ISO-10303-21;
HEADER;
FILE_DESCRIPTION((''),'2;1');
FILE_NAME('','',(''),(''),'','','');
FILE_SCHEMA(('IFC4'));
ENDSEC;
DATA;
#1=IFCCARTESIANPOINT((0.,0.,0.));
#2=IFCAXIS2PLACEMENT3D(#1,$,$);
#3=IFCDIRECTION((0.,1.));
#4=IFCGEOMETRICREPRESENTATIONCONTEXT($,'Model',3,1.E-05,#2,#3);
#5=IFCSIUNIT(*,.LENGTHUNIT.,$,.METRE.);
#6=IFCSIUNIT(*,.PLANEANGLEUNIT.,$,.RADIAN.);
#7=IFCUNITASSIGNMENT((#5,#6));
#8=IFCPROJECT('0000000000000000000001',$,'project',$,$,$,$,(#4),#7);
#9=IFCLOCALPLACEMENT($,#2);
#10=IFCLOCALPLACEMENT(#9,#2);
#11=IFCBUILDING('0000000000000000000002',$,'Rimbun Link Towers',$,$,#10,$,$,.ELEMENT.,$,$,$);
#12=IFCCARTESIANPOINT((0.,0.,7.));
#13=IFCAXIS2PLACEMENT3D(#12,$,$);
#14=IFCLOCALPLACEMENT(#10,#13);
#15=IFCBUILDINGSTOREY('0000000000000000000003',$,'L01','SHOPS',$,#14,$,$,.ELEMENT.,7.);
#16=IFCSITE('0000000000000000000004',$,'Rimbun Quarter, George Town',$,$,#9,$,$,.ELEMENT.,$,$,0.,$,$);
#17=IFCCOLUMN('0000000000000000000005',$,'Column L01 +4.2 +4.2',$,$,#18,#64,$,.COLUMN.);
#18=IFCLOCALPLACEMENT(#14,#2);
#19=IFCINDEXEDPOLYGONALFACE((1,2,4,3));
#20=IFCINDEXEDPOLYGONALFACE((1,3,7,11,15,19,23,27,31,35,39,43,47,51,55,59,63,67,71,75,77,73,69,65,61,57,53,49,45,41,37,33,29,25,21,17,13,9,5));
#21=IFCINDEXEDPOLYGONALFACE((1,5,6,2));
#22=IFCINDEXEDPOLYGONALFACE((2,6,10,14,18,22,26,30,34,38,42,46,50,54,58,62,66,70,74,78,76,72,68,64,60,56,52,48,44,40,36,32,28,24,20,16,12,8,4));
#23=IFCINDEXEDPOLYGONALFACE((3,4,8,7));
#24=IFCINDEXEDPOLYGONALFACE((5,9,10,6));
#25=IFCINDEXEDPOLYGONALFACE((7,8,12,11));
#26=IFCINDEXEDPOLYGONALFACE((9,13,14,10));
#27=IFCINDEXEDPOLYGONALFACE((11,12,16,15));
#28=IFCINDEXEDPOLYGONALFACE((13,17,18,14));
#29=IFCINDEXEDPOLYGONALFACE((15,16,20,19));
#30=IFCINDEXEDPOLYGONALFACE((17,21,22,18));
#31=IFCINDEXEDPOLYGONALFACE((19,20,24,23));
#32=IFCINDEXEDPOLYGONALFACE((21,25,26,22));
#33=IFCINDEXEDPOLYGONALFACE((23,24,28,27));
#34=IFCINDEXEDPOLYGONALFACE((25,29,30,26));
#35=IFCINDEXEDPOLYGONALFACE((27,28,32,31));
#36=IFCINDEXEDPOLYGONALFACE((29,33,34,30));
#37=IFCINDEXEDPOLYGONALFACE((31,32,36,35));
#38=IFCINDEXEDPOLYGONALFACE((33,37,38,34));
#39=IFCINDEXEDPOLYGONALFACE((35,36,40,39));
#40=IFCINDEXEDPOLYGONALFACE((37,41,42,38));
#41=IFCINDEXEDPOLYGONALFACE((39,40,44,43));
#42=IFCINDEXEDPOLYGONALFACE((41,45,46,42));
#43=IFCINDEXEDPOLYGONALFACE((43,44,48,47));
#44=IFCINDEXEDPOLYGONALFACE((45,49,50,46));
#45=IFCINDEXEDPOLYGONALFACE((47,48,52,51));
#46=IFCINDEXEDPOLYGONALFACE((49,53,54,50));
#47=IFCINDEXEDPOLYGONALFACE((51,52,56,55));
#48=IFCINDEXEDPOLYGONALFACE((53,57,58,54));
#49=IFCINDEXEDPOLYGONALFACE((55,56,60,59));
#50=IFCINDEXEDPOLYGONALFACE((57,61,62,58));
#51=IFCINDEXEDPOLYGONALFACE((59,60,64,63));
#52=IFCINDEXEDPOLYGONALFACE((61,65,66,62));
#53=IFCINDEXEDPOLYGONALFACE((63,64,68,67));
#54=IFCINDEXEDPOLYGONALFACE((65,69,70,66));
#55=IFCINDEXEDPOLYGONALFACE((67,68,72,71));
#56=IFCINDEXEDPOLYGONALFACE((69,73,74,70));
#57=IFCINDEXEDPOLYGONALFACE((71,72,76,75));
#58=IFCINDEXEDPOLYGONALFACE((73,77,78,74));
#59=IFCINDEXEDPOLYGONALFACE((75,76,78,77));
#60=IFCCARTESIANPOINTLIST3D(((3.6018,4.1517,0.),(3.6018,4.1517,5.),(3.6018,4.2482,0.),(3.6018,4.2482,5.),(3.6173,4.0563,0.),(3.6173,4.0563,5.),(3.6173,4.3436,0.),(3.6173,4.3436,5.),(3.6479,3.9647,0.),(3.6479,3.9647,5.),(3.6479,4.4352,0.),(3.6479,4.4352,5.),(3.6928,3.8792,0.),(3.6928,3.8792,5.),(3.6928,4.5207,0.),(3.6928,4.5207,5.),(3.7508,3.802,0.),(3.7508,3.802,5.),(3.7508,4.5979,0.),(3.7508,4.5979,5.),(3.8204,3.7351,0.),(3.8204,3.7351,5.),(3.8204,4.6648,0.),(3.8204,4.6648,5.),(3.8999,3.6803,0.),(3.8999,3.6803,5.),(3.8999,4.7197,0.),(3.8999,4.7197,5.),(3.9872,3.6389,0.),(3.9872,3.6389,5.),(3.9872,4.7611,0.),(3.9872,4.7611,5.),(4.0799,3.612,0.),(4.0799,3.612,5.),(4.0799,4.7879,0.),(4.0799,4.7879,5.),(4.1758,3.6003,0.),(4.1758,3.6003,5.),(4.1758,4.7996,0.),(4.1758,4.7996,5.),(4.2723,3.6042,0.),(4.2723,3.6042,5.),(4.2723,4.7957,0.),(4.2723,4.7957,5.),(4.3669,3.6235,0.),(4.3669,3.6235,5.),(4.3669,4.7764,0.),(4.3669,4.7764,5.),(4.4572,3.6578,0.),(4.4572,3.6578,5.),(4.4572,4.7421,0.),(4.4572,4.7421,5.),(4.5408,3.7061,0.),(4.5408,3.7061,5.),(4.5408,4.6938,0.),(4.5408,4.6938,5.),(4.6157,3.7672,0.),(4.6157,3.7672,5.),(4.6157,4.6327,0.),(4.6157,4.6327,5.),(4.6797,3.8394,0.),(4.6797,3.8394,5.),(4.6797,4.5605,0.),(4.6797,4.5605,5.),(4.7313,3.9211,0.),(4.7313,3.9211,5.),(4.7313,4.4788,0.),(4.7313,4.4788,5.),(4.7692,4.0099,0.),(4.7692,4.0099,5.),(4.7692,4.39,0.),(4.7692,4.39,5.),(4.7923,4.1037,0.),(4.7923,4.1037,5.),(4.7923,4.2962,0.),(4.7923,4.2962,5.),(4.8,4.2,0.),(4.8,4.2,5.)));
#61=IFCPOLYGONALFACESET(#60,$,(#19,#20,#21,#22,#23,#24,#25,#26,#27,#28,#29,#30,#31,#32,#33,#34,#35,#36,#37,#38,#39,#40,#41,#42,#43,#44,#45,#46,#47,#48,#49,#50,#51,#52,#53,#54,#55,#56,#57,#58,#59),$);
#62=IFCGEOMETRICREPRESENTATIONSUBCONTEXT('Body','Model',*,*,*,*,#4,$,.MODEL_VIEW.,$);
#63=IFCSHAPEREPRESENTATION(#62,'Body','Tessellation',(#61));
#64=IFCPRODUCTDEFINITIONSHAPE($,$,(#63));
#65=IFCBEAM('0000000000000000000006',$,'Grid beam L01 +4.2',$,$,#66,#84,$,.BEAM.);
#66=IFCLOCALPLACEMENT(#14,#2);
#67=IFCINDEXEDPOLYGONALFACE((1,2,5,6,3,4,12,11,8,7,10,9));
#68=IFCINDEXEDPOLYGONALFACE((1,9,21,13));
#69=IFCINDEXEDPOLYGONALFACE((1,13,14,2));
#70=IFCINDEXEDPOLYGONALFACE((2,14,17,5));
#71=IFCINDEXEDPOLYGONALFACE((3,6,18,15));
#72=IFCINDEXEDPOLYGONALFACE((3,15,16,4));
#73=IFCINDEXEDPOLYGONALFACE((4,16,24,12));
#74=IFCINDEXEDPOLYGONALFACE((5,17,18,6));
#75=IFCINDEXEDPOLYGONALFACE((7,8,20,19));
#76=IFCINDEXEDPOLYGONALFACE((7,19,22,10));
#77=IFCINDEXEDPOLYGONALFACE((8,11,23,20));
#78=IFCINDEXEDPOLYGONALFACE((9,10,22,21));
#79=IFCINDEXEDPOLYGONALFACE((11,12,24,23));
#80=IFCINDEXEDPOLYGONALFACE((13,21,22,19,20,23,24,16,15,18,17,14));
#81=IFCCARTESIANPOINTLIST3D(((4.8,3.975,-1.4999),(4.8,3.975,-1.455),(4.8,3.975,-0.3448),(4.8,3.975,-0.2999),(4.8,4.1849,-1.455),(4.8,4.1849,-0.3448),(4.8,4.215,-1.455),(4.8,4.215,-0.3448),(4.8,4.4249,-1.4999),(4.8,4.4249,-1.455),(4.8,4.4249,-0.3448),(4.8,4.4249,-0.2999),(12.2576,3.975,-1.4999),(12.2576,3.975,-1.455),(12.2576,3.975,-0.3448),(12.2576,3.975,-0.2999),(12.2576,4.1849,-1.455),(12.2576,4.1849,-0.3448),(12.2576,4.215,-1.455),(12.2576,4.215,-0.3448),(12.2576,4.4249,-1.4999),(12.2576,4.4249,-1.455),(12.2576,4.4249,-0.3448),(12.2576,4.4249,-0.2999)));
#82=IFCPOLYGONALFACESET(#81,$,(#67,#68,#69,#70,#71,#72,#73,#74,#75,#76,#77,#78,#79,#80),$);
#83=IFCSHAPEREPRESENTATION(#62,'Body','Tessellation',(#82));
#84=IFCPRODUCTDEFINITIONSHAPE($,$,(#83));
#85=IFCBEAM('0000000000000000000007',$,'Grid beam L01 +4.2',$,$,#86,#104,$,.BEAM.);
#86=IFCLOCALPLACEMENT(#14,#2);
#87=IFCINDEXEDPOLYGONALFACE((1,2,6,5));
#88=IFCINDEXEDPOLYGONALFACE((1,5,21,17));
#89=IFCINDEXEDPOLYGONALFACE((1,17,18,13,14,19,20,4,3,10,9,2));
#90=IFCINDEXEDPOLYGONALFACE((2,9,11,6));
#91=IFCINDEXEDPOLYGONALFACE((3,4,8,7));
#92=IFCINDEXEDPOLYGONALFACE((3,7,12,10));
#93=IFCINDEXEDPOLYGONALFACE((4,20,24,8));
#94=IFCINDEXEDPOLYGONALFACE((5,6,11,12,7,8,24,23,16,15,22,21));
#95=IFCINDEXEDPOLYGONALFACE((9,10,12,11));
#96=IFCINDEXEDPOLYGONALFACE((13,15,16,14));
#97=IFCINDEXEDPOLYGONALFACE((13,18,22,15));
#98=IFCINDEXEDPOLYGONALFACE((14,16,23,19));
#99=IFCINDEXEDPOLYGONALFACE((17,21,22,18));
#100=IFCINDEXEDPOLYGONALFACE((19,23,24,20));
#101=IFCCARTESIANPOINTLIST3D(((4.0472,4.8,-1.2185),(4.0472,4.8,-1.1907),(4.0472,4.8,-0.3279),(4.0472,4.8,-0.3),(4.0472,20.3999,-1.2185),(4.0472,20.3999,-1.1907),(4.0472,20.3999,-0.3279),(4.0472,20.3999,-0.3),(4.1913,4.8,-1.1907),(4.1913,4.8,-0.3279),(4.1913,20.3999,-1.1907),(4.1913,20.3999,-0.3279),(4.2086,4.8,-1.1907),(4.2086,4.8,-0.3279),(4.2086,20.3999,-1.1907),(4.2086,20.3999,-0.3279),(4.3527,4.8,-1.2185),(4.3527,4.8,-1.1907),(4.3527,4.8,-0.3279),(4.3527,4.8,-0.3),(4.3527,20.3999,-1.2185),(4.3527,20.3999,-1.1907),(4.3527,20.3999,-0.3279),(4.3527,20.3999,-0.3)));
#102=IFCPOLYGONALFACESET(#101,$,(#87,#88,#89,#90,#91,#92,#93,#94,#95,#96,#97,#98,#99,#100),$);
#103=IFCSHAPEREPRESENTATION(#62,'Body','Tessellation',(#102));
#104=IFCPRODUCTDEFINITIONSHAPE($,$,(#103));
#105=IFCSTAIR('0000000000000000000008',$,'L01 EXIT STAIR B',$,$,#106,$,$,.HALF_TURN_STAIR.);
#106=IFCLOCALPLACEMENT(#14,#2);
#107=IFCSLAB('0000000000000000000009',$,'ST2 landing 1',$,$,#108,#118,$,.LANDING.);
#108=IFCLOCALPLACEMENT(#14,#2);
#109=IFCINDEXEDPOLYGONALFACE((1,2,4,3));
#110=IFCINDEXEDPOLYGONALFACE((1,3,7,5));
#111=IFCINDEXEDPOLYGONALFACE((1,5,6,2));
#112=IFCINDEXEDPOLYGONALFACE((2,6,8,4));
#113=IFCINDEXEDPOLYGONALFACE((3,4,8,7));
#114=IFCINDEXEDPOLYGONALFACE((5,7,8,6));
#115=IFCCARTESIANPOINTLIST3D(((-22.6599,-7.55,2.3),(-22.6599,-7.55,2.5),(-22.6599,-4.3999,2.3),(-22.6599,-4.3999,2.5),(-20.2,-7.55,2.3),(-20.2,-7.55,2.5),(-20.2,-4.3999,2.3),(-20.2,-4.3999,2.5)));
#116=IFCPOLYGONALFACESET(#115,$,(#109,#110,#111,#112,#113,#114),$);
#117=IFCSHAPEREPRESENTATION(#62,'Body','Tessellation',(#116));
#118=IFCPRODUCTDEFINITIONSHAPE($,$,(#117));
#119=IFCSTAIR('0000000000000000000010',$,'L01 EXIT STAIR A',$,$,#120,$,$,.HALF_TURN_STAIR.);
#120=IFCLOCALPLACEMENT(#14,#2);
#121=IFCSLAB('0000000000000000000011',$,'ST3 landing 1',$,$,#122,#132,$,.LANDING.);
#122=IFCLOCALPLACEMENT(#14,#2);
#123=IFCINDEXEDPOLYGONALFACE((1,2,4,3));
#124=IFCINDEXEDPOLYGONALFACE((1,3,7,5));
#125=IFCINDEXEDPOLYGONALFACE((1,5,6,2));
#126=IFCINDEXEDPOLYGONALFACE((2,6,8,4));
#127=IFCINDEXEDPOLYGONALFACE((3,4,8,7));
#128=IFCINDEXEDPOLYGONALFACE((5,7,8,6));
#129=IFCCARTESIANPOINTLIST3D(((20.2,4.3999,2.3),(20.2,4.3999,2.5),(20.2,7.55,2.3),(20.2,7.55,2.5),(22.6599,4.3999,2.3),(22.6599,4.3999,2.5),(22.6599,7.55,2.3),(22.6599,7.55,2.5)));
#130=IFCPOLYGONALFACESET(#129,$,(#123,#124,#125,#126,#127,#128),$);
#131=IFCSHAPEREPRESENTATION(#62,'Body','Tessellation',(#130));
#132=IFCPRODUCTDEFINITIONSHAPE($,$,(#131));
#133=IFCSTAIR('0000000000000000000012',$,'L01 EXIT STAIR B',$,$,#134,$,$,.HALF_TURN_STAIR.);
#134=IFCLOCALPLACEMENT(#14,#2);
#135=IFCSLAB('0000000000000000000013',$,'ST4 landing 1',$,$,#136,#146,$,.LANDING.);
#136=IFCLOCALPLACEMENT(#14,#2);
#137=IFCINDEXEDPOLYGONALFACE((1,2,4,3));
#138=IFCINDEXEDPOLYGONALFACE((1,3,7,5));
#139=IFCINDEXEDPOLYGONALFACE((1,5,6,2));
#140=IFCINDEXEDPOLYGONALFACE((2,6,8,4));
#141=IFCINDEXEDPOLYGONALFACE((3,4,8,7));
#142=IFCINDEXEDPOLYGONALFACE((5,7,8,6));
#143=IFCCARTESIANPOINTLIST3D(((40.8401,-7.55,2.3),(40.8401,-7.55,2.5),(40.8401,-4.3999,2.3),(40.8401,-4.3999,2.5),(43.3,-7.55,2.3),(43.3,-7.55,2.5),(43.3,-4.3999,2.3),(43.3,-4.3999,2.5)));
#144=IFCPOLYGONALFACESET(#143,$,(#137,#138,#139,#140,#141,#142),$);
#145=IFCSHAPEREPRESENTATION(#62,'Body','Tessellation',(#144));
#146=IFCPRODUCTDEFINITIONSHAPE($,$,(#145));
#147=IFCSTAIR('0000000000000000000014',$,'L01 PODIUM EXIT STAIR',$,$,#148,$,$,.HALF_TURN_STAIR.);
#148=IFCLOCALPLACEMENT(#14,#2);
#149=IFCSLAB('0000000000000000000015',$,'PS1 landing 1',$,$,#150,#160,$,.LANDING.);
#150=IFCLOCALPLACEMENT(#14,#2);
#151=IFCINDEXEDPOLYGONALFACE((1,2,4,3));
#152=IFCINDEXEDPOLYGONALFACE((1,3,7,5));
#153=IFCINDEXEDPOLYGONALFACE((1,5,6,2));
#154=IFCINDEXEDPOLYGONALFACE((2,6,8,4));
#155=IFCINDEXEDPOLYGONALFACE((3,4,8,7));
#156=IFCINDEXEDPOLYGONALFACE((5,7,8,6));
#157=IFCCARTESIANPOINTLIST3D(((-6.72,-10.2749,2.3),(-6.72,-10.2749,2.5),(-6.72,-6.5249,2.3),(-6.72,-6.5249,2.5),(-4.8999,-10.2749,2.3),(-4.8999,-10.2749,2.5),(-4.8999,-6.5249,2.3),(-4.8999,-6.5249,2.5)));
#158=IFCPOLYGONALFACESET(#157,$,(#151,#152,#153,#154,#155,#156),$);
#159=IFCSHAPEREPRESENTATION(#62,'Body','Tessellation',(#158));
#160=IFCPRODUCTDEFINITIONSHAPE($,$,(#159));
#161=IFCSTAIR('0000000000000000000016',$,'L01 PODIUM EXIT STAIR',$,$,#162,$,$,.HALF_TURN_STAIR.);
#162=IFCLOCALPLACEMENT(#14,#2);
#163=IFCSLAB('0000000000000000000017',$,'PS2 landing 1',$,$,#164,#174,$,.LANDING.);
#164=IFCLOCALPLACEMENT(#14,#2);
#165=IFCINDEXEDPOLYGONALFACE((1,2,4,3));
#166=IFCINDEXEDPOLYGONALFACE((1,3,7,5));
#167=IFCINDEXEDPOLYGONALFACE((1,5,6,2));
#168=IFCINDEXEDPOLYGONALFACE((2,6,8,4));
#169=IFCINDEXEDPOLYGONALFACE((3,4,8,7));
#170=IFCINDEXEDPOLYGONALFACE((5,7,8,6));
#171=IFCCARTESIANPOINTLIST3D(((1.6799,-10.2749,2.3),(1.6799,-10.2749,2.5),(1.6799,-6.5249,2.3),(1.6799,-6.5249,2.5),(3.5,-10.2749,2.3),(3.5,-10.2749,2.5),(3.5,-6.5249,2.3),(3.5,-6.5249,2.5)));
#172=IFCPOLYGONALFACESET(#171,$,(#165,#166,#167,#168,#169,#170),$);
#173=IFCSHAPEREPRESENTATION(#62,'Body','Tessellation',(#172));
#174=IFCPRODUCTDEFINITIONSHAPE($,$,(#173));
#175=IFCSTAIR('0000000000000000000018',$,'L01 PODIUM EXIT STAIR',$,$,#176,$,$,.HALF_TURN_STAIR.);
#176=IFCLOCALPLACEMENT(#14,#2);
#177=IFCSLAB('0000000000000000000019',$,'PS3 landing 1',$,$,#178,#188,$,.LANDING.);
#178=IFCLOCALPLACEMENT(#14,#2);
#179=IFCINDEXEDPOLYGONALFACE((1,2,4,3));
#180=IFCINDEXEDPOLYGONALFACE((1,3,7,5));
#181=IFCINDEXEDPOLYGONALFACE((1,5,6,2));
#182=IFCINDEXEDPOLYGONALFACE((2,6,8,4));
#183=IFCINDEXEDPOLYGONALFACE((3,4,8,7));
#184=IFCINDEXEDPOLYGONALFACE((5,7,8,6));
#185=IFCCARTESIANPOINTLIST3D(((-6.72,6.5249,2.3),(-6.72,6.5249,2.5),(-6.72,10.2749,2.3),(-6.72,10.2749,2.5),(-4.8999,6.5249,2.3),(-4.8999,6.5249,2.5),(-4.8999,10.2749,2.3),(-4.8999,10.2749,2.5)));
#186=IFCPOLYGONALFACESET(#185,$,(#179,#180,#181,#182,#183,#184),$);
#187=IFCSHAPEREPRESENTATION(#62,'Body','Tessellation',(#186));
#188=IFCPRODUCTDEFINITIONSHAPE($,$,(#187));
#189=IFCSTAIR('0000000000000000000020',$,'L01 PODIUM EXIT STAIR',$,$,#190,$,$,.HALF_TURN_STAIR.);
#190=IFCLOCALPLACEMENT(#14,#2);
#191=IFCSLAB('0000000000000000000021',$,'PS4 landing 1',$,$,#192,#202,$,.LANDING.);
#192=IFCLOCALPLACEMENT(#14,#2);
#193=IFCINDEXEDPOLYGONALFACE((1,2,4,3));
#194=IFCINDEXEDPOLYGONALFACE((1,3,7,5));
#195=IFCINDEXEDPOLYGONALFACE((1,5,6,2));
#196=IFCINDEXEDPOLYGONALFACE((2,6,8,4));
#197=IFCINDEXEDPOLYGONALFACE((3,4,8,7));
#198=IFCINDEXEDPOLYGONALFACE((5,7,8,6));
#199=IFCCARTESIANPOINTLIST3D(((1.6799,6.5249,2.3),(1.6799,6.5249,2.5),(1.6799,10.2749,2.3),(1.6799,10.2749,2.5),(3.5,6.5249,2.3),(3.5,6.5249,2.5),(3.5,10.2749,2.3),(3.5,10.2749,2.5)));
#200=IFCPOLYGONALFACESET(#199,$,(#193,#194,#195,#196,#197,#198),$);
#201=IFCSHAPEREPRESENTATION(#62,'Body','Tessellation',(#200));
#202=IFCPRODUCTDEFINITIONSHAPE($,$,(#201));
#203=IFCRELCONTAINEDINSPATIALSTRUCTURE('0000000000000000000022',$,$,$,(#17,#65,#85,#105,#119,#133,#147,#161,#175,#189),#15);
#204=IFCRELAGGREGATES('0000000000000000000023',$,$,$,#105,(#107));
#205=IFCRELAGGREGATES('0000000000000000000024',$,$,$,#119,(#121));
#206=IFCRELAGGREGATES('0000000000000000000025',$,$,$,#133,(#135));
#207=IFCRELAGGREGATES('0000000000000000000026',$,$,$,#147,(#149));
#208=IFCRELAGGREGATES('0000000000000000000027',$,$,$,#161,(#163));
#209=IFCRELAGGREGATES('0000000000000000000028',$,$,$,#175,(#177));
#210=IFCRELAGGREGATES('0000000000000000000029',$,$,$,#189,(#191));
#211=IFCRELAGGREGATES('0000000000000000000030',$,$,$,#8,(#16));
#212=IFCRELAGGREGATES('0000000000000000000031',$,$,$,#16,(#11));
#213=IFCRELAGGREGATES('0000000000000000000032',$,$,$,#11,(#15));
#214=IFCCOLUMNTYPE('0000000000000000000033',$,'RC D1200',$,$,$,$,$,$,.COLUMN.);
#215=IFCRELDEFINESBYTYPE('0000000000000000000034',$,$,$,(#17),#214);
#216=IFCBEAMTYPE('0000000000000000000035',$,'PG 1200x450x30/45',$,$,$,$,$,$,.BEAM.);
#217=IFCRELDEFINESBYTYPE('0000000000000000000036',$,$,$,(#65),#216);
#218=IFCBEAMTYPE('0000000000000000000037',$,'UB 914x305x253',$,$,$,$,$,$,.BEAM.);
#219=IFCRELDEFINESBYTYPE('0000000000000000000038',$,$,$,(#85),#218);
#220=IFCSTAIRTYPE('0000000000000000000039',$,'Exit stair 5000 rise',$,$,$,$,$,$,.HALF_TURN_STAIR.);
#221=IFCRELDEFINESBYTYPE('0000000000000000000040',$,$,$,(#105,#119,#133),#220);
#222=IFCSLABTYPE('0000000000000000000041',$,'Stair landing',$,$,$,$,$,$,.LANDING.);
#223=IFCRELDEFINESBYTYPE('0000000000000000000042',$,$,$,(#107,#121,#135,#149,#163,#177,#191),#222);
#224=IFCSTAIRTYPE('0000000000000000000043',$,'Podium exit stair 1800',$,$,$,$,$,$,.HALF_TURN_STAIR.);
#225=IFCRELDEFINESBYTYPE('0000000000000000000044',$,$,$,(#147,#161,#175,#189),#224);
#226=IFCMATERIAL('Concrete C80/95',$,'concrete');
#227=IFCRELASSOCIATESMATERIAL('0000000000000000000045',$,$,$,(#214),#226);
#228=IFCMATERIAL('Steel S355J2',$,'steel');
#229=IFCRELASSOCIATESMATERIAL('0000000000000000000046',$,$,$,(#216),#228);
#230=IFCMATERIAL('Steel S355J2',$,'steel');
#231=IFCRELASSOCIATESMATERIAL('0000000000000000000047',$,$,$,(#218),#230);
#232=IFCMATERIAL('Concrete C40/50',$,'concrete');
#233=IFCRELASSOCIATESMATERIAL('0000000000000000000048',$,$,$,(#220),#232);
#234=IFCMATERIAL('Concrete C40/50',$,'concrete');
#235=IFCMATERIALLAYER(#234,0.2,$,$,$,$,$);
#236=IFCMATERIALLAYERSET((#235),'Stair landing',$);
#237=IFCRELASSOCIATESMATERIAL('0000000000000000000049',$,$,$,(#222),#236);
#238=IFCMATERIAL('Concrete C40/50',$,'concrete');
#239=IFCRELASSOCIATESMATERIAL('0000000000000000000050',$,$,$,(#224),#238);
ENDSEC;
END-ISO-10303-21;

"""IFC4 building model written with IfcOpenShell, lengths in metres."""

from ifc_helpers import new_model, si_unit, direction, frame, origin, origin_2d, place, context, subcontext, project, spatial, polyline, circle, i_section, outline, extrude, material, layer, layer_set, material_profile, profile_set, type_object, element, aggregate, save


model = new_model("IFC4")

# Units and contexts
model_context = context("Model", 3, precision=1e-05, world=origin(), true_north=direction((0.0, 1.0)))
body_context = subcontext(model_context, "Body", "Model", "MODEL_VIEW")
ifc_project = project(units=[si_unit("LENGTHUNIT", "METRE"), si_unit("PLANEANGLEUNIT", "RADIAN")], contexts=[model_context])

# Site, building, storey
site_placement = place(None, origin())
site = spatial("IfcSite", under=ifc_project, at=site_placement, Name="Rimbun Quarter, George Town", CompositionType="ELEMENT", RefElevation=0.0)
building_placement = place(site_placement, origin())
building = spatial("IfcBuilding", under=site, at=building_placement, Name="Rimbun Link Towers", CompositionType="ELEMENT")
storey_placement = place(building_placement, frame((0.0, 0.0, 7.0)))
storey = spatial("IfcBuildingStorey", under=building, at=storey_placement, Name="L01", Description="SHOPS", CompositionType="ELEMENT", Elevation=7.0)

# Column
ifc_material_1 = material(Name="Concrete C80/95", Category="concrete")
ifc_material_profile_1 = material_profile(ifc_material_1, circle(Radius=0.6001, at=origin_2d()), Name="RC D1200")
ifc_profile_set_1 = profile_set([ifc_material_profile_1], Name="Concrete C80/95")
column_type = type_object("IfcColumnType", Name="RC D1200", PredefinedType="COLUMN", material=ifc_profile_set_1)
column_placement = place(storey_placement, frame((4.2, 4.2, 0.0), z_axis=(0.0, 0.0, 1.0), x_axis=(1.0, 0.0, 0.0)))
element("IfcColumn", 1, at=column_placement, inside=storey, type_object=column_type, Name="Column L01 +4.2 +4.2", PredefinedType="COLUMN", context=body_context, shape_type="SweptSolid", body=[
    extrude(circle(Radius=0.6001, at=origin_2d()), origin(), (0.0, 0.0, 1.0), 5.0),
])

# Beams
ifc_material_2 = material(Name="Steel S355J2", Category="steel")
ifc_material_profile_2 = material_profile(ifc_material_2, i_section(OverallWidth=0.45, OverallDepth=1.2, WebThickness=0.03, FlangeThickness=0.0449, at=origin_2d()), Name="PG 1200x450x30/45")
ifc_profile_set_2 = profile_set([ifc_material_profile_2], Name="Steel S355J2")
beam_type_1 = type_object("IfcBeamType", Name="PG 1200x450x30/45", PredefinedType="BEAM", material=ifc_profile_set_2)
beam_1_placement = place(storey_placement, frame((4.8, 4.2, -0.8999), z_axis=(1.0, 0.0, 0.0), x_axis=(0.0, 1.0, 0.0)))
element("IfcBeam", 2, at=beam_1_placement, inside=storey, type_object=beam_type_1, Name="Grid beam L01 +4.2", PredefinedType="BEAM", context=body_context, shape_type="SweptSolid", body=[
    extrude(i_section(OverallWidth=0.45, OverallDepth=1.2, WebThickness=0.03, FlangeThickness=0.0449, at=origin_2d()), origin(), (0.0, 0.0, 1.0), 7.4575),
])
ifc_material_3 = material(Name="Steel S355J2", Category="steel")
ifc_material_profile_3 = material_profile(ifc_material_3, i_section(OverallWidth=0.3054, OverallDepth=0.9185, WebThickness=0.0173, FlangeThickness=0.0278, at=origin_2d()), Name="UB 914x305x253")
ifc_profile_set_3 = profile_set([ifc_material_profile_3], Name="Steel S355J2")
beam_type_2 = type_object("IfcBeamType", Name="UB 914x305x253", PredefinedType="BEAM", material=ifc_profile_set_3)
beam_2_placement = place(storey_placement, frame((4.2, 4.8, -0.7593), z_axis=(0.0, 1.0, 0.0), x_axis=(-1.0, 0.0, 0.0)))
element("IfcBeam", 3, at=beam_2_placement, inside=storey, type_object=beam_type_2, Name="Grid beam L01 +4.2", PredefinedType="BEAM", context=body_context, shape_type="SweptSolid", body=[
    extrude(i_section(OverallWidth=0.3054, OverallDepth=0.9185, WebThickness=0.0173, FlangeThickness=0.0278, at=origin_2d()), origin(), (0.0, 0.0, 1.0), 15.5999),
])

# Stairs, slabs
ifc_material_4 = material(Name="Concrete C40/50", Category="concrete")
stair_type_1 = type_object("IfcStairType", Name="Exit stair 5000 rise", PredefinedType="HALF_TURN_STAIR", material=ifc_material_4)
stair_1_placement = place(storey_placement, origin())
stair_1 = element("IfcStair", 4, at=stair_1_placement, inside=storey, type_object=stair_type_1, Name="L01 EXIT STAIR B", PredefinedType="HALF_TURN_STAIR")
ifc_material_5 = material(Name="Concrete C40/50", Category="concrete")
ifc_layer_1 = layer(ifc_material_5, 0.2)
ifc_layer_set_1 = layer_set([ifc_layer_1], Name="Stair landing")
slab_type = type_object("IfcSlabType", Name="Stair landing", PredefinedType="LANDING", material=ifc_layer_set_1)
slab_1_placement = place(storey_placement, frame((0.0, 0.0, 2.3)))
slab_1 = element("IfcSlab", 5, at=slab_1_placement, type_object=slab_type, Name="ST2 landing 1", PredefinedType="LANDING", context=body_context, shape_type="SweptSolid", body=[
    extrude(outline(polyline([(-22.6599, -7.55), (-20.2, -7.55), (-20.2, -4.3999), (-22.6599, -4.3999), (-22.6599, -7.55)])), origin(), (0.0, 0.0, 1.0), 0.2),
])
aggregate(stair_1, [slab_1])
stair_2_placement = place(storey_placement, origin())
stair_2 = element("IfcStair", 6, at=stair_2_placement, inside=storey, type_object=stair_type_1, Name="L01 EXIT STAIR A", PredefinedType="HALF_TURN_STAIR")
slab_2_placement = place(storey_placement, frame((0.0, 0.0, 2.3)))
slab_2 = element("IfcSlab", 7, at=slab_2_placement, type_object=slab_type, Name="ST3 landing 1", PredefinedType="LANDING", context=body_context, shape_type="SweptSolid", body=[
    extrude(outline(polyline([(22.6599, 7.55), (20.2, 7.55), (20.2, 4.3999), (22.6599, 4.3999), (22.6599, 7.55)])), origin(), (0.0, 0.0, 1.0), 0.2),
])
aggregate(stair_2, [slab_2])
stair_3_placement = place(storey_placement, origin())
stair_3 = element("IfcStair", 8, at=stair_3_placement, inside=storey, type_object=stair_type_1, Name="L01 EXIT STAIR B", PredefinedType="HALF_TURN_STAIR")
slab_3_placement = place(storey_placement, frame((0.0, 0.0, 2.3)))
slab_3 = element("IfcSlab", 9, at=slab_3_placement, type_object=slab_type, Name="ST4 landing 1", PredefinedType="LANDING", context=body_context, shape_type="SweptSolid", body=[
    extrude(outline(polyline([(40.8401, -7.55), (43.3, -7.55), (43.3, -4.3999), (40.8401, -4.3999), (40.8401, -7.55)])), origin(), (0.0, 0.0, 1.0), 0.2),
])
aggregate(stair_3, [slab_3])
ifc_material_6 = material(Name="Concrete C40/50", Category="concrete")
stair_type_2 = type_object("IfcStairType", Name="Podium exit stair 1800", PredefinedType="HALF_TURN_STAIR", material=ifc_material_6)
stair_4_placement = place(storey_placement, origin())
stair_4 = element("IfcStair", 10, at=stair_4_placement, inside=storey, type_object=stair_type_2, Name="L01 PODIUM EXIT STAIR", PredefinedType="HALF_TURN_STAIR")
slab_4_placement = place(storey_placement, frame((0.0, 0.0, 2.3)))
slab_4 = element("IfcSlab", 11, at=slab_4_placement, type_object=slab_type, Name="PS1 landing 1", PredefinedType="LANDING", context=body_context, shape_type="SweptSolid", body=[
    extrude(outline(polyline([(-6.72, -10.2749), (-4.8999, -10.2749), (-4.8999, -6.5249), (-6.72, -6.5249), (-6.72, -10.2749)])), origin(), (0.0, 0.0, 1.0), 0.2),
])
aggregate(stair_4, [slab_4])
stair_5_placement = place(storey_placement, origin())
stair_5 = element("IfcStair", 12, at=stair_5_placement, inside=storey, type_object=stair_type_2, Name="L01 PODIUM EXIT STAIR", PredefinedType="HALF_TURN_STAIR")
slab_5_placement = place(storey_placement, frame((0.0, 0.0, 2.3)))
slab_5 = element("IfcSlab", 13, at=slab_5_placement, type_object=slab_type, Name="PS2 landing 1", PredefinedType="LANDING", context=body_context, shape_type="SweptSolid", body=[
    extrude(outline(polyline([(1.6799, -10.2749), (3.5, -10.2749), (3.5, -6.5249), (1.6799, -6.5249), (1.6799, -10.2749)])), origin(), (0.0, 0.0, 1.0), 0.2),
])
aggregate(stair_5, [slab_5])
stair_6_placement = place(storey_placement, origin())
stair_6 = element("IfcStair", 14, at=stair_6_placement, inside=storey, type_object=stair_type_2, Name="L01 PODIUM EXIT STAIR", PredefinedType="HALF_TURN_STAIR")
slab_6_placement = place(storey_placement, frame((0.0, 0.0, 2.3)))
slab_6 = element("IfcSlab", 15, at=slab_6_placement, type_object=slab_type, Name="PS3 landing 1", PredefinedType="LANDING", context=body_context, shape_type="SweptSolid", body=[
    extrude(outline(polyline([(-6.72, 6.5249), (-4.8999, 6.5249), (-4.8999, 10.2749), (-6.72, 10.2749), (-6.72, 6.5249)])), origin(), (0.0, 0.0, 1.0), 0.2),
])
aggregate(stair_6, [slab_6])
stair_7_placement = place(storey_placement, origin())
stair_7 = element("IfcStair", 16, at=stair_7_placement, inside=storey, type_object=stair_type_2, Name="L01 PODIUM EXIT STAIR", PredefinedType="HALF_TURN_STAIR")
slab_7_placement = place(storey_placement, frame((0.0, 0.0, 2.3)))
slab_7 = element("IfcSlab", 17, at=slab_7_placement, type_object=slab_type, Name="PS4 landing 1", PredefinedType="LANDING", context=body_context, shape_type="SweptSolid", body=[
    extrude(outline(polyline([(1.6799, 6.5249), (3.5, 6.5249), (3.5, 10.2749), (1.6799, 10.2749), (1.6799, 6.5249)])), origin(), (0.0, 0.0, 1.0), 0.2),
])

aggregate(stair_7, [slab_7])

save(model, "model.ifc")
